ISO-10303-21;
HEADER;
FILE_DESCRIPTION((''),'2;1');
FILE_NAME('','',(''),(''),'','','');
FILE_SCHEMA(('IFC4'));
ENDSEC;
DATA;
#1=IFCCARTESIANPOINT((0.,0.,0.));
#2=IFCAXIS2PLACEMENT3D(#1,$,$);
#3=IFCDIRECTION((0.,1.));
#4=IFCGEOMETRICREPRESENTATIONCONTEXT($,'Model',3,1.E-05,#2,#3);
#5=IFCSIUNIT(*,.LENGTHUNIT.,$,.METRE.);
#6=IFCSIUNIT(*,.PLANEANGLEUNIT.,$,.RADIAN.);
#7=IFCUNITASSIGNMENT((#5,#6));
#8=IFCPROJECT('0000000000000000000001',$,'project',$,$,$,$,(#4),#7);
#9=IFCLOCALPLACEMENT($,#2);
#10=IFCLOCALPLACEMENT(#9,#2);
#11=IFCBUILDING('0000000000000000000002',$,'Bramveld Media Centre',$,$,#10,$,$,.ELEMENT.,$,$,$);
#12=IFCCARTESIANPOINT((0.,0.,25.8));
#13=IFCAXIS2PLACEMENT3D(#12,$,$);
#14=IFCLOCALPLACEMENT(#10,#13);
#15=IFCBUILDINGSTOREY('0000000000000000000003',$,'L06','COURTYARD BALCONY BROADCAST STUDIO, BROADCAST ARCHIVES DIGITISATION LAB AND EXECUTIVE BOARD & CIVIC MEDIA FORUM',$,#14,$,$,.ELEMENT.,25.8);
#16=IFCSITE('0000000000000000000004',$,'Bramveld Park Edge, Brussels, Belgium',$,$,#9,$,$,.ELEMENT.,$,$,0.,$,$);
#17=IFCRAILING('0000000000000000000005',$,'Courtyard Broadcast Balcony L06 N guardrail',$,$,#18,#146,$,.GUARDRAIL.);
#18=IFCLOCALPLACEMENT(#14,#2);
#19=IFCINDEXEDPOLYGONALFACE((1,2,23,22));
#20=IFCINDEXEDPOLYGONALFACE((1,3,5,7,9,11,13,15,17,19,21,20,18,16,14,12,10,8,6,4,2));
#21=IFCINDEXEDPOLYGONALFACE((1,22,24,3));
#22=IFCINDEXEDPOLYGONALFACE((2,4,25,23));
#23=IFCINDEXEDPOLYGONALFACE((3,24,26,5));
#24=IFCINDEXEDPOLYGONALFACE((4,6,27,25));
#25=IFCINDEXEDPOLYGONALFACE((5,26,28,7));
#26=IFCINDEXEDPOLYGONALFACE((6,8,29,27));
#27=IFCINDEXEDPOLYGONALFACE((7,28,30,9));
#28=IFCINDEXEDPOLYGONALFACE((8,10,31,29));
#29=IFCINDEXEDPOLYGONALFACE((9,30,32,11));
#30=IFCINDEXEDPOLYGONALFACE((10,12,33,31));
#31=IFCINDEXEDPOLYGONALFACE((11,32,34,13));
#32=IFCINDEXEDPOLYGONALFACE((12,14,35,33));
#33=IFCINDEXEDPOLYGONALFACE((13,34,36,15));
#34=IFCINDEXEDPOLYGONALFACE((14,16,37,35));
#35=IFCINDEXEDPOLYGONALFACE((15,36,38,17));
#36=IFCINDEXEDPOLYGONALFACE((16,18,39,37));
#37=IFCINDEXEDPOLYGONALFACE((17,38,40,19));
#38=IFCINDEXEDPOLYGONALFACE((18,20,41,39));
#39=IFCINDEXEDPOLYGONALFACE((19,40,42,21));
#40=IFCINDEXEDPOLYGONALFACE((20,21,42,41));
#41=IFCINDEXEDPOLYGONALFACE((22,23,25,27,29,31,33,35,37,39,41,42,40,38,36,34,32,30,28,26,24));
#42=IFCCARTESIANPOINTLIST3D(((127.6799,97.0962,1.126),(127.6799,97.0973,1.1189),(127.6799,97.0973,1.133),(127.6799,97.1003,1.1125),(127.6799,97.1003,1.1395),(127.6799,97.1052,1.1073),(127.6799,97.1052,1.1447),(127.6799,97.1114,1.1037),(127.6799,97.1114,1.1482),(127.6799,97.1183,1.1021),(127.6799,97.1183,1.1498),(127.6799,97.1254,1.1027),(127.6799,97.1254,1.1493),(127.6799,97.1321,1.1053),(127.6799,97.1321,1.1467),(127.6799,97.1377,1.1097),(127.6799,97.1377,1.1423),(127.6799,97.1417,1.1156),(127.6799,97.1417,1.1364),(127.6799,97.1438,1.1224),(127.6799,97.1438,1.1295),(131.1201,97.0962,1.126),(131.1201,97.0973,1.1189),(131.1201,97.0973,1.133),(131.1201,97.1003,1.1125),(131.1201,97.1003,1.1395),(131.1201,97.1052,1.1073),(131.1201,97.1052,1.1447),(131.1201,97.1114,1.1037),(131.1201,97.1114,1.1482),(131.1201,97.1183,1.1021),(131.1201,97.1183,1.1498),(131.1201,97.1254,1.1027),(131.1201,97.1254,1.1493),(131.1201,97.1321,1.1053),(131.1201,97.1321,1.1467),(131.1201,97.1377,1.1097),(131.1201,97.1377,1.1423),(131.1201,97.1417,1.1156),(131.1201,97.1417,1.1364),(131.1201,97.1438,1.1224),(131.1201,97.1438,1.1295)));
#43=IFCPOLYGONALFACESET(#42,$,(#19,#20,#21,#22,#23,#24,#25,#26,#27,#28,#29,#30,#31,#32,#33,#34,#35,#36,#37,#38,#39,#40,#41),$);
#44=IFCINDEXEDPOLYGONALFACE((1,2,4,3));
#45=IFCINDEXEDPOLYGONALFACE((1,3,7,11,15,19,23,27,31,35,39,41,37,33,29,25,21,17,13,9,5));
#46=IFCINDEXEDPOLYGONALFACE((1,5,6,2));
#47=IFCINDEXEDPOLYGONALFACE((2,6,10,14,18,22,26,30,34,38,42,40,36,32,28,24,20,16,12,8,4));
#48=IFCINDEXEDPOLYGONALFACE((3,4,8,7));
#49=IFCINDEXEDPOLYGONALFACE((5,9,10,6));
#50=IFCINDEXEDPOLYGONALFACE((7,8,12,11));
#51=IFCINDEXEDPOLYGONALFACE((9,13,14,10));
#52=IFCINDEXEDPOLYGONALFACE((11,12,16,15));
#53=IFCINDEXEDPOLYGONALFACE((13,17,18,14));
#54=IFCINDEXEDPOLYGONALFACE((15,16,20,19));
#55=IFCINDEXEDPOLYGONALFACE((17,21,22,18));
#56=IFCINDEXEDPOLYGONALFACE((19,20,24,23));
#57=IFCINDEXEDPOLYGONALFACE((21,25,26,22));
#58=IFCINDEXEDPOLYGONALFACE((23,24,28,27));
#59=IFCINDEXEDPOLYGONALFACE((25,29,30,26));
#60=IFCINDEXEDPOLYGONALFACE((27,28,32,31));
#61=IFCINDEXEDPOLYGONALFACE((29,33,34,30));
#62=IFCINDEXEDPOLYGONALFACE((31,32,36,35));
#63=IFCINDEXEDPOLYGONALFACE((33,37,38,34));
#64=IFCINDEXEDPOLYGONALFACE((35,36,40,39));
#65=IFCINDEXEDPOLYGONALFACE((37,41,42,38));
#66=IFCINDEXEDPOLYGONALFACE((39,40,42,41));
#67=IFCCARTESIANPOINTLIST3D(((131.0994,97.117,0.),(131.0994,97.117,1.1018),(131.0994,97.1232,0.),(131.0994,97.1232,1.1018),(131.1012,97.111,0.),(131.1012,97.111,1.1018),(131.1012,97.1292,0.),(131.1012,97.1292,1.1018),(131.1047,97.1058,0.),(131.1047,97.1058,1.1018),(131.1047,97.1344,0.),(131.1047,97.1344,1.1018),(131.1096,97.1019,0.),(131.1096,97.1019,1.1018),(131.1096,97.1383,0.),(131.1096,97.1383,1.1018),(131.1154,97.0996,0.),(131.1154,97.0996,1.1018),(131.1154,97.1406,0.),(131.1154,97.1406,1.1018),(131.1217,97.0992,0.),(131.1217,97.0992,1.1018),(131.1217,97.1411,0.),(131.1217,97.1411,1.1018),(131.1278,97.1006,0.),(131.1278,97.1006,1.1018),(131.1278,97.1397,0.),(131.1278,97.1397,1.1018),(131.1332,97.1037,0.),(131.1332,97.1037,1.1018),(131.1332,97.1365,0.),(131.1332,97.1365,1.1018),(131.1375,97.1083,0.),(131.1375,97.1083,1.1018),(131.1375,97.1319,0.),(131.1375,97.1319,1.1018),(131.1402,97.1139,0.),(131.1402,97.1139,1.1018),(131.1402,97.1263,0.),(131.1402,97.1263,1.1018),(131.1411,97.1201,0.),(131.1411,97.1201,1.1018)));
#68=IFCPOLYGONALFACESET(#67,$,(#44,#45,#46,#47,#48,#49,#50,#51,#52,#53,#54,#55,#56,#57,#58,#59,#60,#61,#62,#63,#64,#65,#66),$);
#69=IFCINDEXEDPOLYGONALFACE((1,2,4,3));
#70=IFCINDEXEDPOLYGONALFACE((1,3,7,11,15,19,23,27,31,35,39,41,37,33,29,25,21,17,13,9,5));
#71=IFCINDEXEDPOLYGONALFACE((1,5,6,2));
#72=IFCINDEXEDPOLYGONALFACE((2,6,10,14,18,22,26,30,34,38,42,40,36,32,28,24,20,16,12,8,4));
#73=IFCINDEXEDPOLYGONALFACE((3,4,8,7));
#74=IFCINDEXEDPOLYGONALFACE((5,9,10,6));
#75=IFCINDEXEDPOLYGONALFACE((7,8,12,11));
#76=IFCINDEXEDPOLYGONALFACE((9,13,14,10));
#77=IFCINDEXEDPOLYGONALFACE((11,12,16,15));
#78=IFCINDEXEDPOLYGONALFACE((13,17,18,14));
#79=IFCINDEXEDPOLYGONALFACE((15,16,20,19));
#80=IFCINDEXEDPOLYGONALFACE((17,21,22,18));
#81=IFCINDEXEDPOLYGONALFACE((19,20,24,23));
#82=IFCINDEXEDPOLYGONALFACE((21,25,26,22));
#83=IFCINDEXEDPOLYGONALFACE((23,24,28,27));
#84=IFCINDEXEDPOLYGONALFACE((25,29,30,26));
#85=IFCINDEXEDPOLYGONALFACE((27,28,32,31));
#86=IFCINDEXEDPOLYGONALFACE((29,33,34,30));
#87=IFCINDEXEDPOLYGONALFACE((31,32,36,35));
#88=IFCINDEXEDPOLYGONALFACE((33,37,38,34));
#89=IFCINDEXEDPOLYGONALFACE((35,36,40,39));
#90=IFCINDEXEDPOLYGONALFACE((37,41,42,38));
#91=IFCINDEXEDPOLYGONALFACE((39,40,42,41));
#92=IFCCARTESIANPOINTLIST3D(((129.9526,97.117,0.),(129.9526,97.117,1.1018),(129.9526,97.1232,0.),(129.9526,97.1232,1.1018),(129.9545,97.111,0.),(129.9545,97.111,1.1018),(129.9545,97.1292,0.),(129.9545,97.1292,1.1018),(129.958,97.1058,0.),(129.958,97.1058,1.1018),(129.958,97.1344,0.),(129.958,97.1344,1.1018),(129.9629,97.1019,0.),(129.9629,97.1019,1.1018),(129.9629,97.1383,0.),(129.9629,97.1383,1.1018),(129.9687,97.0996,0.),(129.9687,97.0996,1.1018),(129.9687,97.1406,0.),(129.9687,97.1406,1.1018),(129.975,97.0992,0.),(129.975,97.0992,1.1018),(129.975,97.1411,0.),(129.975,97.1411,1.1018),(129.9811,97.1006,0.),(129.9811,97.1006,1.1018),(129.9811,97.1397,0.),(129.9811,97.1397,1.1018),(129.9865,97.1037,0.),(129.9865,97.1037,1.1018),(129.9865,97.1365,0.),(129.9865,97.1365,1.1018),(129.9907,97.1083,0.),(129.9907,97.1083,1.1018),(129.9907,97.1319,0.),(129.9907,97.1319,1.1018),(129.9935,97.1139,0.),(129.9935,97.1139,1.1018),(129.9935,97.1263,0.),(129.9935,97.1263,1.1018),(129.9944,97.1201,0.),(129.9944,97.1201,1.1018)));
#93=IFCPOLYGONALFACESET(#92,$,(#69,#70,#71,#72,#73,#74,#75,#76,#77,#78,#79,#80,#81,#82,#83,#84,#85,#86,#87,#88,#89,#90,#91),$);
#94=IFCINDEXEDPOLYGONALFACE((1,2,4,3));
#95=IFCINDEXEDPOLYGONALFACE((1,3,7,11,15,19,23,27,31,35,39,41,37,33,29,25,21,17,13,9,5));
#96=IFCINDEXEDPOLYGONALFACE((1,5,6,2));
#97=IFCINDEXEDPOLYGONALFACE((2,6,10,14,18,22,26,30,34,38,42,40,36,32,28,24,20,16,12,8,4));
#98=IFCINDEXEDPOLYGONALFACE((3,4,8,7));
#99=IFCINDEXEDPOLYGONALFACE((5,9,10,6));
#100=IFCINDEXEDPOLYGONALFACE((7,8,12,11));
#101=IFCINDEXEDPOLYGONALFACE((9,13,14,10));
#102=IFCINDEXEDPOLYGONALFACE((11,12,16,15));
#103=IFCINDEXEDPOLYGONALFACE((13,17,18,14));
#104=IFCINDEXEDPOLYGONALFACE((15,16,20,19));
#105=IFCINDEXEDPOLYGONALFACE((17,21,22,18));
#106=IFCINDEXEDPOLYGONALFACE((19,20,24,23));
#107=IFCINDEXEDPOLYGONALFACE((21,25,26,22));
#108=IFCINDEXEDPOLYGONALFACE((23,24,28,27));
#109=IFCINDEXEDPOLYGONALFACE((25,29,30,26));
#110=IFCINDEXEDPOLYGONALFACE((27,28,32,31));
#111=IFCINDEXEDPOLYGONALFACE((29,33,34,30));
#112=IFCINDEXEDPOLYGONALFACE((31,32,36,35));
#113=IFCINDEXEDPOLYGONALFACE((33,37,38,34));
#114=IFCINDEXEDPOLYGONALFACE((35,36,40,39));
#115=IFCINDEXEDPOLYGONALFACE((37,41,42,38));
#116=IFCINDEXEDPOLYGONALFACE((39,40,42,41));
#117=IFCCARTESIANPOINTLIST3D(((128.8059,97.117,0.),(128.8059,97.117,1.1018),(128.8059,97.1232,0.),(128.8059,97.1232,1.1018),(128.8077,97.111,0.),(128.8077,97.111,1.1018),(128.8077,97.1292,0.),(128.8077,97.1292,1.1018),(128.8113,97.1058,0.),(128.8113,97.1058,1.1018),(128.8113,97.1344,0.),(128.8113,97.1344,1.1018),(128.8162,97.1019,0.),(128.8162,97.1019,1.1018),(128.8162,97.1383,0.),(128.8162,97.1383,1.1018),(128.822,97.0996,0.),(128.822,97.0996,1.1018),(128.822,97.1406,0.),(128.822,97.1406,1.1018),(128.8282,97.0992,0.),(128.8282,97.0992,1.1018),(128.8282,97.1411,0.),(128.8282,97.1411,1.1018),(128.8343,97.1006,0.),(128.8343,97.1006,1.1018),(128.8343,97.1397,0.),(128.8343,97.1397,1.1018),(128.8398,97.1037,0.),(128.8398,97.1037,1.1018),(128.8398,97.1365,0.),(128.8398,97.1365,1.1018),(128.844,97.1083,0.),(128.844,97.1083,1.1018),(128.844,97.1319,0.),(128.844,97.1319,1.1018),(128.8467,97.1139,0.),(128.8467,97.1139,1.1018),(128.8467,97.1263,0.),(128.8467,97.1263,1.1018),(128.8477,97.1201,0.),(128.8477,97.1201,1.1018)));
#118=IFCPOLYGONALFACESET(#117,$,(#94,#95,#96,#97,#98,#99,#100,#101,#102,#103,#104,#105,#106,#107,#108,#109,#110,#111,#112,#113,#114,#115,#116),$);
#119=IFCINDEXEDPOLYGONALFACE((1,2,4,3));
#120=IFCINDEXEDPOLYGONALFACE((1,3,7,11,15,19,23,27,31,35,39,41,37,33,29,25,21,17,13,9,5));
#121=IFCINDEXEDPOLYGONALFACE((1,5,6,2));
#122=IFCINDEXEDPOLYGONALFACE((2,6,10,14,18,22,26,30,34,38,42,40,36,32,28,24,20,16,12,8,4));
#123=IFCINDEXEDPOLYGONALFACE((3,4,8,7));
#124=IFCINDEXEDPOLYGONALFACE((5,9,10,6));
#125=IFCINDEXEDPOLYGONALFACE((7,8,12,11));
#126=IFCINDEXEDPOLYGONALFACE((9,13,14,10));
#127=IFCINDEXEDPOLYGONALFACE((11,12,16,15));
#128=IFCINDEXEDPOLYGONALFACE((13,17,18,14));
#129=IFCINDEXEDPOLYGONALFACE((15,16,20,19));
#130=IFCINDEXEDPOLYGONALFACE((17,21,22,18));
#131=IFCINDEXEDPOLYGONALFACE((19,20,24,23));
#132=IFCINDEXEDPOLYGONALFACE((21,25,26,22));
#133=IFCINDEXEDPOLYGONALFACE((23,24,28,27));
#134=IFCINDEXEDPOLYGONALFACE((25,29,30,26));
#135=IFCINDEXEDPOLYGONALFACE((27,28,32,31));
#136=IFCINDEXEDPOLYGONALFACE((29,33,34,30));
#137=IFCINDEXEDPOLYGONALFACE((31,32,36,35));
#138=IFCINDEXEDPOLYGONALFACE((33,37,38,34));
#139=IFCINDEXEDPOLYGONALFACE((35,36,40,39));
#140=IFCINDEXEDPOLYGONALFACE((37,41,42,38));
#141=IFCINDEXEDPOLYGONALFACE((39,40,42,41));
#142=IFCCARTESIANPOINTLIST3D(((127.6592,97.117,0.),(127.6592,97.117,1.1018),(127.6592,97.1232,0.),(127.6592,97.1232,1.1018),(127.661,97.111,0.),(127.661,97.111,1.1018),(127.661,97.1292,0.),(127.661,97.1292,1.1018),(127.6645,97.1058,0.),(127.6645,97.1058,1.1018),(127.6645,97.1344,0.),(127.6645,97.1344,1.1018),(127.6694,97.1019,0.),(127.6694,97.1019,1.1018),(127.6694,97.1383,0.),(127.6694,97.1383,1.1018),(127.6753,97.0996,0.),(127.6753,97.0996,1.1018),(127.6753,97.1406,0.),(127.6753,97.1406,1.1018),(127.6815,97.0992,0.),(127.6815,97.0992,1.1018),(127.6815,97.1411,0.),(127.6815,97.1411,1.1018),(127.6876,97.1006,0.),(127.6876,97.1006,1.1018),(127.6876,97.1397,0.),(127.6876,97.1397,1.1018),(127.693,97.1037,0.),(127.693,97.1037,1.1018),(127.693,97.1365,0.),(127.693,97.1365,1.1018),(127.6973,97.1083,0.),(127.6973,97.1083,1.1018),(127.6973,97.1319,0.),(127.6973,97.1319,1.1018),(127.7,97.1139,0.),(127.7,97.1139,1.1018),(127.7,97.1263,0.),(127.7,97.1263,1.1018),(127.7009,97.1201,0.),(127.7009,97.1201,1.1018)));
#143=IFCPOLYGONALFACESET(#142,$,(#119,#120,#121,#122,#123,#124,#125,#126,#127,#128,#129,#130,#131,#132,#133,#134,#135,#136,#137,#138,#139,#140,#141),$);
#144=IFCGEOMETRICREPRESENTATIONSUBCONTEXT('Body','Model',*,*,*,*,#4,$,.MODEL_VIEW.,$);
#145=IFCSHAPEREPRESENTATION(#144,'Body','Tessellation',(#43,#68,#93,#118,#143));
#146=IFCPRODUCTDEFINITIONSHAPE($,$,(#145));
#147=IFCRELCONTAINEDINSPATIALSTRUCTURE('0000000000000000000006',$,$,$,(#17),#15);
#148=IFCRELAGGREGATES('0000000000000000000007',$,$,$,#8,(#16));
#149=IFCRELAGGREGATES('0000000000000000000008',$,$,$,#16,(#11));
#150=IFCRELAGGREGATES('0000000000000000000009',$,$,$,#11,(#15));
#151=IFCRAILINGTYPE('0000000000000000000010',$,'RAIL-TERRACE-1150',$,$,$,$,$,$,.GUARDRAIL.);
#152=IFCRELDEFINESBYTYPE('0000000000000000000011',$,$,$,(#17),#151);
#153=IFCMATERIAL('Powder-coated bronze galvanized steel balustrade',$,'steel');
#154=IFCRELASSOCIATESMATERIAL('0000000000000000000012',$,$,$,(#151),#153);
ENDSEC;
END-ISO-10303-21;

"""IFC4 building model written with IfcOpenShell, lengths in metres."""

from ifc_helpers import new_model, si_unit, direction, frame, origin, origin_2d, place, context, subcontext, project, spatial, circle, extrude, material, type_object, element, save


model = new_model("IFC4")

# Units and contexts
model_context = context("Model", 3, precision=1e-05, world=origin(), true_north=direction((0.0, 1.0)))
body_context = subcontext(model_context, "Body", "Model", "MODEL_VIEW")
ifc_project = project(units=[si_unit("LENGTHUNIT", "METRE"), si_unit("PLANEANGLEUNIT", "RADIAN")], contexts=[model_context])

# Site, building, storey
site_placement = place(None, origin())
site = spatial("IfcSite", under=ifc_project, at=site_placement, Name="Bramveld Park Edge, Brussels, Belgium", CompositionType="ELEMENT", RefElevation=0.0)
building_placement = place(site_placement, origin())
building = spatial("IfcBuilding", under=site, at=building_placement, Name="Bramveld Media Centre", CompositionType="ELEMENT")
storey_placement = place(building_placement, frame((0.0, 0.0, 25.8)))
storey = spatial("IfcBuildingStorey", under=building, at=storey_placement, Name="L06", Description="COURTYARD BALCONY BROADCAST STUDIO, BROADCAST ARCHIVES DIGITISATION LAB AND EXECUTIVE BOARD & CIVIC MEDIA FORUM", CompositionType="ELEMENT", Elevation=25.8)

# Railing
ifc_material_1 = material(Name="Powder-coated bronze galvanized steel balustrade", Category="steel")
railing_type = type_object("IfcRailingType", Name="RAIL-TERRACE-1150", PredefinedType="GUARDRAIL", material=ifc_material_1)
railing_1_placement = place(storey_placement, frame((131.1201, 97.1201, 0.0)))
element("IfcRailing", 1, at=railing_1_placement, inside=storey, type_object=railing_type, Name="Courtyard Broadcast Balcony L06 N guardrail", PredefinedType="GUARDRAIL", context=body_context, shape_type="SweptSolid", body=[
    extrude(circle(Radius=0.0239, at=origin_2d()), frame((0.0, 0.0, 1.126), z_axis=(-1.0, 0.0, 0.0), x_axis=(0.0, -1.0, 0.0)), (0.0, 0.0, 1.0), 3.4402),
    extrude(circle(Radius=0.021, at=origin_2d()), origin(), (0.0, 0.0, 1.0), 1.1018),
    extrude(circle(Radius=0.021, at=origin_2d()), frame((-1.1467, 0.0, 0.0)), (0.0, 0.0, 1.0), 1.1018),
    extrude(circle(Radius=0.021, at=origin_2d()), frame((-2.2935, 0.0, 0.0)), (0.0, 0.0, 1.0), 1.1018),
    extrude(circle(Radius=0.021, at=origin_2d()), frame((-3.4402, 0.0, 0.0)), (0.0, 0.0, 1.0), 1.1018),
])

save(model, "model.ifc")
